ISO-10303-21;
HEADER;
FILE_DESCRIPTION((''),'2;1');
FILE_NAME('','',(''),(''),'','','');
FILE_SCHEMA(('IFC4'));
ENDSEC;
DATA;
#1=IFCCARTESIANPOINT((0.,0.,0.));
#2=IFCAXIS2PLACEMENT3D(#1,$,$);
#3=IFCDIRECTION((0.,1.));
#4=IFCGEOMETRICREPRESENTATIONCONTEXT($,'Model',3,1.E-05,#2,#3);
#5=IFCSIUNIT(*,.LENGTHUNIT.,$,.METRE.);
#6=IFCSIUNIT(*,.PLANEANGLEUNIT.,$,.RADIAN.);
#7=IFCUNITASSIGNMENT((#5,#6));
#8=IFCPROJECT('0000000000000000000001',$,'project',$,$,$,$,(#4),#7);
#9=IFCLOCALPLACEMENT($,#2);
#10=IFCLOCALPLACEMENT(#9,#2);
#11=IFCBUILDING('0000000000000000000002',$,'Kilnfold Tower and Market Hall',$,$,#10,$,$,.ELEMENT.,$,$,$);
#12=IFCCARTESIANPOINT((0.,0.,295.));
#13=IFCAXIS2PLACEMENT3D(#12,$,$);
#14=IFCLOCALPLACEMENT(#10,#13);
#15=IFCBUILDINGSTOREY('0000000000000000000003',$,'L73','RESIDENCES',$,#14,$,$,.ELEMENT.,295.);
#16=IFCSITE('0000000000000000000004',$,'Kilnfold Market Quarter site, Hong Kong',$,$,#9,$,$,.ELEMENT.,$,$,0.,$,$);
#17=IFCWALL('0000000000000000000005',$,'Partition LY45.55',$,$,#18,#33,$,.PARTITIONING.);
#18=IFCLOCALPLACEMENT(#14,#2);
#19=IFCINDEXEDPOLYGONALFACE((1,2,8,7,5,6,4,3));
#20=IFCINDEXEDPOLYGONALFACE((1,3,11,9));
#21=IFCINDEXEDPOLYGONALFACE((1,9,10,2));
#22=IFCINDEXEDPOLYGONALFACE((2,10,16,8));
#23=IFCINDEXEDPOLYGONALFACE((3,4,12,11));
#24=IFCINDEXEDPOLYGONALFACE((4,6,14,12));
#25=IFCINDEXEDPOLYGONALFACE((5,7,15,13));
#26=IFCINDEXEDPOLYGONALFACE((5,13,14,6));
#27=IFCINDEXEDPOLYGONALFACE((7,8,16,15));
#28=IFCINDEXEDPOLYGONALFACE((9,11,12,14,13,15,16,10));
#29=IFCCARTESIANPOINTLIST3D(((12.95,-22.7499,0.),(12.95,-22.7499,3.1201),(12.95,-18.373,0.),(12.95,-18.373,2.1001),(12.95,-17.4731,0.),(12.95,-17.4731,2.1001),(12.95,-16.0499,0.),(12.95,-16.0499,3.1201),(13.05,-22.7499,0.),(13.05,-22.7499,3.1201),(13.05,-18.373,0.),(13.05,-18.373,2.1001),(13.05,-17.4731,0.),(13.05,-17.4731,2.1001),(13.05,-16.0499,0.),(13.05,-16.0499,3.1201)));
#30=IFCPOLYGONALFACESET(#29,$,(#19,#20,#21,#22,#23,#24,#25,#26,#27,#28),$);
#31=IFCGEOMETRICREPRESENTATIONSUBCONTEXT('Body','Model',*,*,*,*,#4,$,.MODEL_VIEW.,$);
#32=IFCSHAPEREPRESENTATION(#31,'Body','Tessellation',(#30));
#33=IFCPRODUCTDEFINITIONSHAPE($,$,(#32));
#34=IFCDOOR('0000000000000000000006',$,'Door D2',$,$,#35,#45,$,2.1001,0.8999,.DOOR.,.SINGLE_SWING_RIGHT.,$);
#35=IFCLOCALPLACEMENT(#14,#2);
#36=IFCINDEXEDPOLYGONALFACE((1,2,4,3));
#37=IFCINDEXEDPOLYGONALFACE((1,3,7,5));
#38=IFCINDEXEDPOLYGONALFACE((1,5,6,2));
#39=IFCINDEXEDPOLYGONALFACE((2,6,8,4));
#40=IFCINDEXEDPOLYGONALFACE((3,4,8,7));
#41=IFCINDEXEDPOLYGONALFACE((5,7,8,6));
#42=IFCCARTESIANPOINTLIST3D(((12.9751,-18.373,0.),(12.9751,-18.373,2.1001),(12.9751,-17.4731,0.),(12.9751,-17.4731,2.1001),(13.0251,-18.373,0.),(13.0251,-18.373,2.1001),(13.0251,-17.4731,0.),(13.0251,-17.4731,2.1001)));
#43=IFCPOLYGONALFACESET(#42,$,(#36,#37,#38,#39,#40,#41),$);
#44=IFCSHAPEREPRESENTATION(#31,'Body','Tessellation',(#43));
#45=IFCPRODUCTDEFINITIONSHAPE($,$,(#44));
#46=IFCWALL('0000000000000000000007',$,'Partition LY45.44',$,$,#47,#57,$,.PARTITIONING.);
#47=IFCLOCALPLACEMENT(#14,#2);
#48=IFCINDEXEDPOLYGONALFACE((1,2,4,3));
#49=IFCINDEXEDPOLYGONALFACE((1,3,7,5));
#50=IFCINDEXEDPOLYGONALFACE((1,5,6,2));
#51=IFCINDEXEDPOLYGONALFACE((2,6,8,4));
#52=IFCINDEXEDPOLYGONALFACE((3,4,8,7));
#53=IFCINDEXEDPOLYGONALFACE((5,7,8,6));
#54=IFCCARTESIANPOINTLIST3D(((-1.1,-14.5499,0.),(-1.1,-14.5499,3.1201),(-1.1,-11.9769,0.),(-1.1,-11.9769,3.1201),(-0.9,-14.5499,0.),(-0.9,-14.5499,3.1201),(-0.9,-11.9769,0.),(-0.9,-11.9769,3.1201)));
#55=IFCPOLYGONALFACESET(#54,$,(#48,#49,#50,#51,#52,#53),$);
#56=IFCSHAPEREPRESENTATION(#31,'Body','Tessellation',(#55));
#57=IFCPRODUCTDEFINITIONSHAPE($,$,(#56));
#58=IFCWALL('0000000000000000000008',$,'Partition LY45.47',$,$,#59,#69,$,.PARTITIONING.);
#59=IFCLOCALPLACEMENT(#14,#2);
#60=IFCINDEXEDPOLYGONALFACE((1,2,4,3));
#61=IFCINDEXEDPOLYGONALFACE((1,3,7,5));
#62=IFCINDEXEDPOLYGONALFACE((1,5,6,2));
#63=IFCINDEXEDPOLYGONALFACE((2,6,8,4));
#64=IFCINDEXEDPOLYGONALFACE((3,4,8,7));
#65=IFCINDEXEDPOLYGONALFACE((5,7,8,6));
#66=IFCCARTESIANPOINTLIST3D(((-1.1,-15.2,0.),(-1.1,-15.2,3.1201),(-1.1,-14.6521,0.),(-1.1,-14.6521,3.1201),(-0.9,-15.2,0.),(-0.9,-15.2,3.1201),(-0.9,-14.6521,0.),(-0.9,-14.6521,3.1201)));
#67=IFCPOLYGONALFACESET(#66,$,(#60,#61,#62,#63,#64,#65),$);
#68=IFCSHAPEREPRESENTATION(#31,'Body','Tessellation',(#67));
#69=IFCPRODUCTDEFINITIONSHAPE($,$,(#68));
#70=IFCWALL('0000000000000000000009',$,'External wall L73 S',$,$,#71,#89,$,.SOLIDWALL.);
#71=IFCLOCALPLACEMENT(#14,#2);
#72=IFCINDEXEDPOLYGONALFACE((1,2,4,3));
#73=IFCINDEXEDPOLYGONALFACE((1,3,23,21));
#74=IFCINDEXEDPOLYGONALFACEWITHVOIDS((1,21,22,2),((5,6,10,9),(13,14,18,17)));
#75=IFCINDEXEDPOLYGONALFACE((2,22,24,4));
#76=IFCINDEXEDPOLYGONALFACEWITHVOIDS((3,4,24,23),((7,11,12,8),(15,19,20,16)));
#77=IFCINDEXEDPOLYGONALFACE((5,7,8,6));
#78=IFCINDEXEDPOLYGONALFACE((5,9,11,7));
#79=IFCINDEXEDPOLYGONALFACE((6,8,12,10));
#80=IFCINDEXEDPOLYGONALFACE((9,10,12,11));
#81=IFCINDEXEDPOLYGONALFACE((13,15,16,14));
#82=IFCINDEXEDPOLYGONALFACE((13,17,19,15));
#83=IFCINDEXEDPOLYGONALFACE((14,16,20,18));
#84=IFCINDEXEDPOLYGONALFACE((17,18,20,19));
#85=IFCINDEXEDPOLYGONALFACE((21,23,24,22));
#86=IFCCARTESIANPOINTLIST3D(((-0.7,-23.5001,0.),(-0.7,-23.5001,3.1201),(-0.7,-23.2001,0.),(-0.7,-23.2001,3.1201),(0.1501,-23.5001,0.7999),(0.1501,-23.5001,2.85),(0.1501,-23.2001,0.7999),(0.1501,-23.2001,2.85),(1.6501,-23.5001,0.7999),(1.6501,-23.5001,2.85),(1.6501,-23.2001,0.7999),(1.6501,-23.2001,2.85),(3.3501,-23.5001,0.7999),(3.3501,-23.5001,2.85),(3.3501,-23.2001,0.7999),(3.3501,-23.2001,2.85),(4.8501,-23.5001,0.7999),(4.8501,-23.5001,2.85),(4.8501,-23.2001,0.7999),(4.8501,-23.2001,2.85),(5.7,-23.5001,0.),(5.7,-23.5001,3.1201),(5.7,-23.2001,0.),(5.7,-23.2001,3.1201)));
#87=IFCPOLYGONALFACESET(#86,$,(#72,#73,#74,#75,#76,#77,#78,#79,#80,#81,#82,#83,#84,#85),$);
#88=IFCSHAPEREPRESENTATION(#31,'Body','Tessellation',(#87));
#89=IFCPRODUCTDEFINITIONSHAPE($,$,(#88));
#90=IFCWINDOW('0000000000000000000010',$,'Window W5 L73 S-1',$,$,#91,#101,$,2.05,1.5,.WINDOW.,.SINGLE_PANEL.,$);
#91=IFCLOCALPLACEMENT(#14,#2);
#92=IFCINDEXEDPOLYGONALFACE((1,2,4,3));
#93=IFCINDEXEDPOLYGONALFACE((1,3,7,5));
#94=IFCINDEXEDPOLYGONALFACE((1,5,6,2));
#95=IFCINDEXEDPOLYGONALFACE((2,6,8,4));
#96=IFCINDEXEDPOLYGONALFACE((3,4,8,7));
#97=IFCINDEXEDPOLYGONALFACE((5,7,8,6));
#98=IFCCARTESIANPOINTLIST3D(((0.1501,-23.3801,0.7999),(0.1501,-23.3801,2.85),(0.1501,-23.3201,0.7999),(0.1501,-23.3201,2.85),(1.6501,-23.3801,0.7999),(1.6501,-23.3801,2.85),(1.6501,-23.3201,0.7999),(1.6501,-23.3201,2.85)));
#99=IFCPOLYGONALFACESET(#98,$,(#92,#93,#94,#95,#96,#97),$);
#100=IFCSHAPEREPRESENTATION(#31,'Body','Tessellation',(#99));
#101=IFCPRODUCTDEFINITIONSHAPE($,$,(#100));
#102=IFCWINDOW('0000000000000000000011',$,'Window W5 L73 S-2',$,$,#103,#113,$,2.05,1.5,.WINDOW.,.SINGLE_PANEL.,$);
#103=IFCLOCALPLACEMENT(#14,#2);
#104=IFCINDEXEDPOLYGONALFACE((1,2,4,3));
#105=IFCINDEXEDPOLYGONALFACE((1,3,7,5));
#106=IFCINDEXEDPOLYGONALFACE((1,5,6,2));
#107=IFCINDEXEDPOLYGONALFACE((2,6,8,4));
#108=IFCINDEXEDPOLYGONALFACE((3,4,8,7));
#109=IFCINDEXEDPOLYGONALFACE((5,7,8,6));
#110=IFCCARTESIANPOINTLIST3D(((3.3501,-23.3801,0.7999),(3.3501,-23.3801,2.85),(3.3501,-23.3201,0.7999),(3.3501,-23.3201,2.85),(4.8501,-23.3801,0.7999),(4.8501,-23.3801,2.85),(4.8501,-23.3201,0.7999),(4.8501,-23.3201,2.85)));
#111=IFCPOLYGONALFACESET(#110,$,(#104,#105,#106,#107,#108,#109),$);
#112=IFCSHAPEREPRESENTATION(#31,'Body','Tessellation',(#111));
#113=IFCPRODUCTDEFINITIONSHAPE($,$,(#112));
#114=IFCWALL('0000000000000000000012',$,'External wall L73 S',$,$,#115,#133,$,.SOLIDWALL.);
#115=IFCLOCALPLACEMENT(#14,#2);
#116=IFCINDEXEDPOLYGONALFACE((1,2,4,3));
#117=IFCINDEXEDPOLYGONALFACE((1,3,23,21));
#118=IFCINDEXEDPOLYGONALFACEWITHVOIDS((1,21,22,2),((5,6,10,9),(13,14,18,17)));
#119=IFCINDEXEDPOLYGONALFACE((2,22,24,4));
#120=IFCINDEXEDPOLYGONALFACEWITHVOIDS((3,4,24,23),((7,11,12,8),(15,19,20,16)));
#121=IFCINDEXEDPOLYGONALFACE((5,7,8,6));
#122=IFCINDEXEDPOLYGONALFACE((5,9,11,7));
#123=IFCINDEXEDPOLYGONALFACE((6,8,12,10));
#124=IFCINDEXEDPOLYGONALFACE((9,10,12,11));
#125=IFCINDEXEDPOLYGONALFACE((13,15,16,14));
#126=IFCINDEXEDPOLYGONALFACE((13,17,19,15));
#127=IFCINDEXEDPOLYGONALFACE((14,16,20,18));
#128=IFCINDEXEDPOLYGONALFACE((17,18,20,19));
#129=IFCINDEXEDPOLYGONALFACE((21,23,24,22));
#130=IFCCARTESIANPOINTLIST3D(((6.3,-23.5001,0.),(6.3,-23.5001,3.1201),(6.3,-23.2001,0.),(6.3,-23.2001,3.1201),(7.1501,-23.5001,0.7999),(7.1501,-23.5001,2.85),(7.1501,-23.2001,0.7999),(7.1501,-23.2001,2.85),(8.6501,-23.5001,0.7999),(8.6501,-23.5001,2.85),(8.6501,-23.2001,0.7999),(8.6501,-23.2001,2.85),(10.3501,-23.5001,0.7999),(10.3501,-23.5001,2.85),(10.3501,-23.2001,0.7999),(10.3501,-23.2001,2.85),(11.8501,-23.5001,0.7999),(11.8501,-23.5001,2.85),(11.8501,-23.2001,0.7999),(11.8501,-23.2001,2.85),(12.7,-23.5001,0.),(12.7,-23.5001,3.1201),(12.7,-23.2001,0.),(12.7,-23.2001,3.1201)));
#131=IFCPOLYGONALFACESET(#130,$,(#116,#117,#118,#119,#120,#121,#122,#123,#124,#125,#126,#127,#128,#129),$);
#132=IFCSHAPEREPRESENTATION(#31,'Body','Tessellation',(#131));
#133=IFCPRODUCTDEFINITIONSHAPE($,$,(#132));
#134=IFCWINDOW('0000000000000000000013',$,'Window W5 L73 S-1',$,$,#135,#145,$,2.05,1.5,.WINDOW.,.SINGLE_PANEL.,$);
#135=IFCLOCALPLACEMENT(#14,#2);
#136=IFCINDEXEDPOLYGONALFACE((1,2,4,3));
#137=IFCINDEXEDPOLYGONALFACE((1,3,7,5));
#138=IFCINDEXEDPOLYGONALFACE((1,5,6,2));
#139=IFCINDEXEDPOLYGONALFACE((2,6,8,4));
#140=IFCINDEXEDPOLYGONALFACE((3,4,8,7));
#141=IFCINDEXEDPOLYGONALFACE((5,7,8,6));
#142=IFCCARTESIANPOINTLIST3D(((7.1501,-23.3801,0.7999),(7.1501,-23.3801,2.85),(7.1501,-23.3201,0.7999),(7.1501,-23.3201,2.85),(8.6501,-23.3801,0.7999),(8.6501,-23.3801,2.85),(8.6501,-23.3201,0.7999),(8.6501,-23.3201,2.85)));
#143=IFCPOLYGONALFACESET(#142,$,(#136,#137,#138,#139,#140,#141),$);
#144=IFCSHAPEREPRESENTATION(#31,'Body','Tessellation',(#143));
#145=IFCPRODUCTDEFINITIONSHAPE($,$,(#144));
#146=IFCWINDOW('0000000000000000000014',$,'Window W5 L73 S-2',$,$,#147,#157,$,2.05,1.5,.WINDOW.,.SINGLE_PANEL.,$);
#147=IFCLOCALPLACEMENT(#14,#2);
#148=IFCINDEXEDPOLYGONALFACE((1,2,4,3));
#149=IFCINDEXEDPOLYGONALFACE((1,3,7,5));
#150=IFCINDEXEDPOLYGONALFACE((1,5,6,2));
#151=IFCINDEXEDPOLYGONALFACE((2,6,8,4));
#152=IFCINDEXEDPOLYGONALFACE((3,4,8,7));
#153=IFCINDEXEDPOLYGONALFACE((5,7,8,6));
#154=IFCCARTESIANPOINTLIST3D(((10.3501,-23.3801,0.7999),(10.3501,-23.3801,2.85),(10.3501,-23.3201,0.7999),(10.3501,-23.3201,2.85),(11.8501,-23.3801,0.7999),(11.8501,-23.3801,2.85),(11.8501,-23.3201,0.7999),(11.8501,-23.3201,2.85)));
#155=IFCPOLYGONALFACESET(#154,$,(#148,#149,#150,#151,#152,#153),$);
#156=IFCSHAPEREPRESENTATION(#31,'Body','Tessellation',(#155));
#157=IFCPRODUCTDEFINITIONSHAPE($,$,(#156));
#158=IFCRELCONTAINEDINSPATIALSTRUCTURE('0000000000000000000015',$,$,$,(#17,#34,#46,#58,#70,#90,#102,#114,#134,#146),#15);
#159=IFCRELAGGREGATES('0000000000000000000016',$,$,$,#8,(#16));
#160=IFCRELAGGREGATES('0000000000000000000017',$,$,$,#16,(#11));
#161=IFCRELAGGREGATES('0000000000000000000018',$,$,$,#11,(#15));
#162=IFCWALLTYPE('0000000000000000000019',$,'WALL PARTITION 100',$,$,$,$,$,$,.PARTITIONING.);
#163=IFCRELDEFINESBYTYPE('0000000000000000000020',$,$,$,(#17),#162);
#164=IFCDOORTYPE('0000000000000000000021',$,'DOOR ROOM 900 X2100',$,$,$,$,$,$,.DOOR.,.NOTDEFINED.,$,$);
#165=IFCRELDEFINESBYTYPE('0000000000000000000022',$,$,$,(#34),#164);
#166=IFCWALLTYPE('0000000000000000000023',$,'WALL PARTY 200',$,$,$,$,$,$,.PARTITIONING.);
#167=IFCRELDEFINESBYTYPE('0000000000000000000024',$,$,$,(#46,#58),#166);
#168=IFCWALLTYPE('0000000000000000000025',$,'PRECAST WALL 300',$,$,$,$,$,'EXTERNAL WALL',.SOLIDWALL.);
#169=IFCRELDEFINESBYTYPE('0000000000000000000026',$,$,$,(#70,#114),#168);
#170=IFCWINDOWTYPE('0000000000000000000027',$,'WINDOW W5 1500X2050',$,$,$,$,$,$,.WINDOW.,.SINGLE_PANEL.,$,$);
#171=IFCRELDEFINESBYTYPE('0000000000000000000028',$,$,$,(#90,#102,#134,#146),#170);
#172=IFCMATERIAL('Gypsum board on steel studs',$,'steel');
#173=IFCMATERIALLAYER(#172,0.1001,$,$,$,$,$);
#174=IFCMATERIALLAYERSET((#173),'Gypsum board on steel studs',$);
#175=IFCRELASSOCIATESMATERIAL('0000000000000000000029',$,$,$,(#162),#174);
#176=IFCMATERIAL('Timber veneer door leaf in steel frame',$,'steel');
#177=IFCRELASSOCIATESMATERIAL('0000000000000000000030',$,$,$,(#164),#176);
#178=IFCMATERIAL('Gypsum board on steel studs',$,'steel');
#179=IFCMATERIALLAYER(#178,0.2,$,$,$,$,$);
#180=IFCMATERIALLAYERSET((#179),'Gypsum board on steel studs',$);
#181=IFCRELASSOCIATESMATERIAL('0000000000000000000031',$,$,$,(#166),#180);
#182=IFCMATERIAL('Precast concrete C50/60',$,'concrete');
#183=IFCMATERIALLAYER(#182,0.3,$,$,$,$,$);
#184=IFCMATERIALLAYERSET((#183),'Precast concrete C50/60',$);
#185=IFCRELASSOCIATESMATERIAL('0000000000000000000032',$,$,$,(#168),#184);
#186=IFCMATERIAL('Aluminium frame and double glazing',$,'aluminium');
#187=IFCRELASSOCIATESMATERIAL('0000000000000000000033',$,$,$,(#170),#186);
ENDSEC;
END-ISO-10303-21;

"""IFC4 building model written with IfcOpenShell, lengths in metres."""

from ifc_helpers import new_model, si_unit, direction, frame, frame_2d, origin, place, context, subcontext, project, spatial, rectangle, extrude, source, transform, mapped, material, layer, layer_set, type_object, element, fill, save


model = new_model("IFC4")

# Units and contexts
model_context = context("Model", 3, precision=1e-05, world=origin(), true_north=direction((0.0, 1.0)))
body_context = subcontext(model_context, "Body", "Model", "MODEL_VIEW")
ifc_project = project(units=[si_unit("LENGTHUNIT", "METRE"), si_unit("PLANEANGLEUNIT", "RADIAN")], contexts=[model_context])

# Site, building, storey
site_placement = place(None, origin())
site = spatial("IfcSite", under=ifc_project, at=site_placement, Name="Kilnfold Market Quarter site, Hong Kong", CompositionType="ELEMENT", RefElevation=0.0)
building_placement = place(site_placement, origin())
building = spatial("IfcBuilding", under=site, at=building_placement, Name="Kilnfold Tower and Market Hall", CompositionType="ELEMENT")
storey_placement = place(building_placement, frame((0.0, 0.0, 295.0)))
storey = spatial("IfcBuildingStorey", under=building, at=storey_placement, Name="L73", Description="RESIDENCES", CompositionType="ELEMENT", Elevation=295.0)

# Shared definitions
ifc_material_1 = material(Name="Gypsum board on steel studs", Category="steel")
ifc_layer_1 = layer(ifc_material_1, 0.1001)
ifc_layer_set_1 = layer_set([ifc_layer_1], Name="Gypsum board on steel studs")
wall_type_1 = type_object("IfcWallType", Name="WALL PARTITION 100", PredefinedType="PARTITIONING", material=ifc_layer_set_1)

# Wall, opening, door
wall_1_placement = place(storey_placement, frame((13.0, -22.75, 0.0), z_axis=(0.0, 0.0, 1.0), x_axis=(0.0, 1.0, 0.0)))
wall_1 = element("IfcWall", 1, at=wall_1_placement, inside=storey, type_object=wall_type_1, Name="Partition LY45.55", PredefinedType="PARTITIONING", context=body_context, shape_type="SweptSolid", body=[
    extrude(rectangle(XDim=6.7, YDim=0.1001, at=frame_2d((3.3501, 0.0))), origin(), (0.0, 0.0, 1.0), 3.1201),
])
opening_1_placement = place(wall_1_placement, frame((4.377, 0.0, 0.0)))
opening_1 = element("IfcOpeningElement", 2, at=opening_1_placement, cuts=wall_1, PredefinedType="OPENING", context=body_context, shape_type="SweptSolid", body=[
    extrude(rectangle(XDim=0.8999, YDim=2.1001, at=frame_2d((0.45, 1.05))), frame((0.0, 0.0601, 0.0), z_axis=(0.0, -1.0, 0.0), x_axis=(1.0, 0.0, 0.0)), (0.0, 0.0, 1.0), 0.1201),
])
ifc_material_2 = material(Name="Timber veneer door leaf in steel frame", Category="steel")
door_type_1 = type_object("IfcDoorType", Name="DOOR ROOM 900 X2100", OperationType="NOTDEFINED", PredefinedType="DOOR", material=ifc_material_2)
door_1_placement = place(opening_1_placement, origin())
door_1 = element("IfcDoor", 3, at=door_1_placement, inside=storey, type_object=door_type_1, Name="Door D2", OperationType="SINGLE_SWING_RIGHT", OverallHeight=2.1001, OverallWidth=0.8999, PredefinedType="DOOR", context=body_context, shape_type="SweptSolid", body=[
    extrude(rectangle(XDim=0.8999, YDim=2.1001, at=frame_2d((0.45, 1.05))), frame((0.0, 0.0249, 0.0), z_axis=(0.0, -1.0, 0.0), x_axis=(1.0, 0.0, 0.0)), (0.0, 0.0, 1.0), 0.05),
])
fill(opening_1, door_1)

# Walls
ifc_material_3 = material(Name="Gypsum board on steel studs", Category="steel")
ifc_layer_2 = layer(ifc_material_3, 0.2)
ifc_layer_set_2 = layer_set([ifc_layer_2], Name="Gypsum board on steel studs")
wall_type_2 = type_object("IfcWallType", Name="WALL PARTY 200", PredefinedType="PARTITIONING", material=ifc_layer_set_2)
wall_2_placement = place(storey_placement, frame((-1.0, -14.55, 0.0), z_axis=(0.0, 0.0, 1.0), x_axis=(0.0, 1.0, 0.0)))
element("IfcWall", 4, at=wall_2_placement, inside=storey, type_object=wall_type_2, Name="Partition LY45.44", PredefinedType="PARTITIONING", context=body_context, shape_type="SweptSolid", body=[
    extrude(rectangle(XDim=2.573, YDim=0.2, at=frame_2d((1.2866, 0.0))), origin(), (0.0, 0.0, 1.0), 3.1201),
])
wall_3_placement = place(storey_placement, frame((-1.0, -15.2, 0.0), z_axis=(0.0, 0.0, 1.0), x_axis=(0.0, 1.0, 0.0)))
element("IfcWall", 5, at=wall_3_placement, inside=storey, type_object=wall_type_2, Name="Partition LY45.47", PredefinedType="PARTITIONING", context=body_context, shape_type="SweptSolid", body=[
    extrude(rectangle(XDim=0.5479, YDim=0.2, at=frame_2d((0.2739, 0.0))), origin(), (0.0, 0.0, 1.0), 3.1201),
])

# Walls, openings, windows
ifc_material_4 = material(Name="Precast concrete C50/60", Category="concrete")
ifc_layer_3 = layer(ifc_material_4, 0.3)
ifc_layer_set_3 = layer_set([ifc_layer_3], Name="Precast concrete C50/60")
wall_type_3 = type_object("IfcWallType", Name="PRECAST WALL 300", ElementType="EXTERNAL WALL", PredefinedType="SOLIDWALL", material=ifc_layer_set_3)
shared_shape_1 = source(origin(), body_context, "Body", "SweptSolid", [
    extrude(rectangle(XDim=6.3999, YDim=0.3, at=frame_2d((3.2, 0.0))), origin(), (0.0, 0.0, 1.0), 3.1201),
])
wall_4_placement = place(storey_placement, frame((-0.7, -23.3501, 0.0), z_axis=(0.0, 0.0, 1.0), x_axis=(1.0, 0.0, 0.0)))
wall_4 = element("IfcWall", 6, at=wall_4_placement, inside=storey, type_object=wall_type_3, Name="External wall L73 S", PredefinedType="SOLIDWALL", context=body_context, shape_type="MappedRepresentation", body=[
    mapped(shared_shape_1, transform((0.0, 0.0, 0.0))),
])
opening_2_placement = place(wall_4_placement, frame((0.8501, 0.0, 0.8)))
opening_2 = element("IfcOpeningElement", 7, at=opening_2_placement, cuts=wall_4, PredefinedType="OPENING", context=body_context, shape_type="SweptSolid", body=[
    extrude(rectangle(XDim=1.5, YDim=2.05, at=frame_2d((0.75, 1.0249))), frame((0.0, 0.1602, 0.0), z_axis=(0.0, -1.0, 0.0), x_axis=(1.0, 0.0, 0.0)), (0.0, 0.0, 1.0), 0.3201),
])
opening_3_placement = place(wall_4_placement, frame((4.05, 0.0, 0.8)))
opening_3 = element("IfcOpeningElement", 8, at=opening_3_placement, cuts=wall_4, PredefinedType="OPENING", context=body_context, shape_type="SweptSolid", body=[
    extrude(rectangle(XDim=1.5, YDim=2.05, at=frame_2d((0.75, 1.0249))), frame((0.0, 0.1602, 0.0), z_axis=(0.0, -1.0, 0.0), x_axis=(1.0, 0.0, 0.0)), (0.0, 0.0, 1.0), 0.3201),
])
ifc_material_5 = material(Name="Aluminium frame and double glazing", Category="aluminium")
window_type = type_object("IfcWindowType", Name="WINDOW W5 1500X2050", PartitioningType="SINGLE_PANEL", PredefinedType="WINDOW", material=ifc_material_5)
window_1_placement = place(opening_2_placement, origin())
window_1 = element("IfcWindow", 9, at=window_1_placement, inside=storey, type_object=window_type, Name="Window W5 L73 S-1", OverallHeight=2.05, OverallWidth=1.5, PartitioningType="SINGLE_PANEL", PredefinedType="WINDOW", context=body_context, shape_type="SweptSolid", body=[
    extrude(rectangle(XDim=1.5, YDim=2.05, at=frame_2d((0.75, 1.0249))), frame((0.0, 0.03, 0.0), z_axis=(0.0, -1.0, 0.0), x_axis=(1.0, 0.0, 0.0)), (0.0, 0.0, 1.0), 0.0601),
])
fill(opening_2, window_1)
window_2_placement = place(opening_3_placement, origin())
window_2 = element("IfcWindow", 10, at=window_2_placement, inside=storey, type_object=window_type, Name="Window W5 L73 S-2", OverallHeight=2.05, OverallWidth=1.5, PartitioningType="SINGLE_PANEL", PredefinedType="WINDOW", context=body_context, shape_type="SweptSolid", body=[
    extrude(rectangle(XDim=1.5, YDim=2.05, at=frame_2d((0.75, 1.0249))), frame((0.0, 0.03, 0.0), z_axis=(0.0, -1.0, 0.0), x_axis=(1.0, 0.0, 0.0)), (0.0, 0.0, 1.0), 0.0601),
])
fill(opening_3, window_2)
wall_5_placement = place(storey_placement, frame((6.3, -23.3501, 0.0), z_axis=(0.0, 0.0, 1.0), x_axis=(1.0, 0.0, 0.0)))
wall_5 = element("IfcWall", 11, at=wall_5_placement, inside=storey, type_object=wall_type_3, Name="External wall L73 S", PredefinedType="SOLIDWALL", context=body_context, shape_type="MappedRepresentation", body=[
    mapped(shared_shape_1, transform((0.0, 0.0, 0.0))),
])
opening_4_placement = place(wall_5_placement, frame((0.8501, 0.0, 0.8)))
opening_4 = element("IfcOpeningElement", 12, at=opening_4_placement, cuts=wall_5, PredefinedType="OPENING", context=body_context, shape_type="SweptSolid", body=[
    extrude(rectangle(XDim=1.5, YDim=2.05, at=frame_2d((0.75, 1.0249))), frame((0.0, 0.1602, 0.0), z_axis=(0.0, -1.0, 0.0), x_axis=(1.0, 0.0, 0.0)), (0.0, 0.0, 1.0), 0.3201),
])
opening_5_placement = place(wall_5_placement, frame((4.05, 0.0, 0.8)))
opening_5 = element("IfcOpeningElement", 13, at=opening_5_placement, cuts=wall_5, PredefinedType="OPENING", context=body_context, shape_type="SweptSolid", body=[
    extrude(rectangle(XDim=1.5, YDim=2.05, at=frame_2d((0.75, 1.0249))), frame((0.0, 0.1602, 0.0), z_axis=(0.0, -1.0, 0.0), x_axis=(1.0, 0.0, 0.0)), (0.0, 0.0, 1.0), 0.3201),
])
window_3_placement = place(opening_4_placement, origin())
window_3 = element("IfcWindow", 14, at=window_3_placement, inside=storey, type_object=window_type, Name="Window W5 L73 S-1", OverallHeight=2.05, OverallWidth=1.5, PartitioningType="SINGLE_PANEL", PredefinedType="WINDOW", context=body_context, shape_type="SweptSolid", body=[
    extrude(rectangle(XDim=1.5, YDim=2.05, at=frame_2d((0.75, 1.0249))), frame((0.0, 0.03, 0.0), z_axis=(0.0, -1.0, 0.0), x_axis=(1.0, 0.0, 0.0)), (0.0, 0.0, 1.0), 0.0601),
])
fill(opening_4, window_3)
window_4_placement = place(opening_5_placement, origin())
window_4 = element("IfcWindow", 15, at=window_4_placement, inside=storey, type_object=window_type, Name="Window W5 L73 S-2", OverallHeight=2.05, OverallWidth=1.5, PartitioningType="SINGLE_PANEL", PredefinedType="WINDOW", context=body_context, shape_type="SweptSolid", body=[
    extrude(rectangle(XDim=1.5, YDim=2.05, at=frame_2d((0.75, 1.0249))), frame((0.0, 0.03, 0.0), z_axis=(0.0, -1.0, 0.0), x_axis=(1.0, 0.0, 0.0)), (0.0, 0.0, 1.0), 0.0601),
])
fill(opening_5, window_4)

save(model, "model.ifc")
